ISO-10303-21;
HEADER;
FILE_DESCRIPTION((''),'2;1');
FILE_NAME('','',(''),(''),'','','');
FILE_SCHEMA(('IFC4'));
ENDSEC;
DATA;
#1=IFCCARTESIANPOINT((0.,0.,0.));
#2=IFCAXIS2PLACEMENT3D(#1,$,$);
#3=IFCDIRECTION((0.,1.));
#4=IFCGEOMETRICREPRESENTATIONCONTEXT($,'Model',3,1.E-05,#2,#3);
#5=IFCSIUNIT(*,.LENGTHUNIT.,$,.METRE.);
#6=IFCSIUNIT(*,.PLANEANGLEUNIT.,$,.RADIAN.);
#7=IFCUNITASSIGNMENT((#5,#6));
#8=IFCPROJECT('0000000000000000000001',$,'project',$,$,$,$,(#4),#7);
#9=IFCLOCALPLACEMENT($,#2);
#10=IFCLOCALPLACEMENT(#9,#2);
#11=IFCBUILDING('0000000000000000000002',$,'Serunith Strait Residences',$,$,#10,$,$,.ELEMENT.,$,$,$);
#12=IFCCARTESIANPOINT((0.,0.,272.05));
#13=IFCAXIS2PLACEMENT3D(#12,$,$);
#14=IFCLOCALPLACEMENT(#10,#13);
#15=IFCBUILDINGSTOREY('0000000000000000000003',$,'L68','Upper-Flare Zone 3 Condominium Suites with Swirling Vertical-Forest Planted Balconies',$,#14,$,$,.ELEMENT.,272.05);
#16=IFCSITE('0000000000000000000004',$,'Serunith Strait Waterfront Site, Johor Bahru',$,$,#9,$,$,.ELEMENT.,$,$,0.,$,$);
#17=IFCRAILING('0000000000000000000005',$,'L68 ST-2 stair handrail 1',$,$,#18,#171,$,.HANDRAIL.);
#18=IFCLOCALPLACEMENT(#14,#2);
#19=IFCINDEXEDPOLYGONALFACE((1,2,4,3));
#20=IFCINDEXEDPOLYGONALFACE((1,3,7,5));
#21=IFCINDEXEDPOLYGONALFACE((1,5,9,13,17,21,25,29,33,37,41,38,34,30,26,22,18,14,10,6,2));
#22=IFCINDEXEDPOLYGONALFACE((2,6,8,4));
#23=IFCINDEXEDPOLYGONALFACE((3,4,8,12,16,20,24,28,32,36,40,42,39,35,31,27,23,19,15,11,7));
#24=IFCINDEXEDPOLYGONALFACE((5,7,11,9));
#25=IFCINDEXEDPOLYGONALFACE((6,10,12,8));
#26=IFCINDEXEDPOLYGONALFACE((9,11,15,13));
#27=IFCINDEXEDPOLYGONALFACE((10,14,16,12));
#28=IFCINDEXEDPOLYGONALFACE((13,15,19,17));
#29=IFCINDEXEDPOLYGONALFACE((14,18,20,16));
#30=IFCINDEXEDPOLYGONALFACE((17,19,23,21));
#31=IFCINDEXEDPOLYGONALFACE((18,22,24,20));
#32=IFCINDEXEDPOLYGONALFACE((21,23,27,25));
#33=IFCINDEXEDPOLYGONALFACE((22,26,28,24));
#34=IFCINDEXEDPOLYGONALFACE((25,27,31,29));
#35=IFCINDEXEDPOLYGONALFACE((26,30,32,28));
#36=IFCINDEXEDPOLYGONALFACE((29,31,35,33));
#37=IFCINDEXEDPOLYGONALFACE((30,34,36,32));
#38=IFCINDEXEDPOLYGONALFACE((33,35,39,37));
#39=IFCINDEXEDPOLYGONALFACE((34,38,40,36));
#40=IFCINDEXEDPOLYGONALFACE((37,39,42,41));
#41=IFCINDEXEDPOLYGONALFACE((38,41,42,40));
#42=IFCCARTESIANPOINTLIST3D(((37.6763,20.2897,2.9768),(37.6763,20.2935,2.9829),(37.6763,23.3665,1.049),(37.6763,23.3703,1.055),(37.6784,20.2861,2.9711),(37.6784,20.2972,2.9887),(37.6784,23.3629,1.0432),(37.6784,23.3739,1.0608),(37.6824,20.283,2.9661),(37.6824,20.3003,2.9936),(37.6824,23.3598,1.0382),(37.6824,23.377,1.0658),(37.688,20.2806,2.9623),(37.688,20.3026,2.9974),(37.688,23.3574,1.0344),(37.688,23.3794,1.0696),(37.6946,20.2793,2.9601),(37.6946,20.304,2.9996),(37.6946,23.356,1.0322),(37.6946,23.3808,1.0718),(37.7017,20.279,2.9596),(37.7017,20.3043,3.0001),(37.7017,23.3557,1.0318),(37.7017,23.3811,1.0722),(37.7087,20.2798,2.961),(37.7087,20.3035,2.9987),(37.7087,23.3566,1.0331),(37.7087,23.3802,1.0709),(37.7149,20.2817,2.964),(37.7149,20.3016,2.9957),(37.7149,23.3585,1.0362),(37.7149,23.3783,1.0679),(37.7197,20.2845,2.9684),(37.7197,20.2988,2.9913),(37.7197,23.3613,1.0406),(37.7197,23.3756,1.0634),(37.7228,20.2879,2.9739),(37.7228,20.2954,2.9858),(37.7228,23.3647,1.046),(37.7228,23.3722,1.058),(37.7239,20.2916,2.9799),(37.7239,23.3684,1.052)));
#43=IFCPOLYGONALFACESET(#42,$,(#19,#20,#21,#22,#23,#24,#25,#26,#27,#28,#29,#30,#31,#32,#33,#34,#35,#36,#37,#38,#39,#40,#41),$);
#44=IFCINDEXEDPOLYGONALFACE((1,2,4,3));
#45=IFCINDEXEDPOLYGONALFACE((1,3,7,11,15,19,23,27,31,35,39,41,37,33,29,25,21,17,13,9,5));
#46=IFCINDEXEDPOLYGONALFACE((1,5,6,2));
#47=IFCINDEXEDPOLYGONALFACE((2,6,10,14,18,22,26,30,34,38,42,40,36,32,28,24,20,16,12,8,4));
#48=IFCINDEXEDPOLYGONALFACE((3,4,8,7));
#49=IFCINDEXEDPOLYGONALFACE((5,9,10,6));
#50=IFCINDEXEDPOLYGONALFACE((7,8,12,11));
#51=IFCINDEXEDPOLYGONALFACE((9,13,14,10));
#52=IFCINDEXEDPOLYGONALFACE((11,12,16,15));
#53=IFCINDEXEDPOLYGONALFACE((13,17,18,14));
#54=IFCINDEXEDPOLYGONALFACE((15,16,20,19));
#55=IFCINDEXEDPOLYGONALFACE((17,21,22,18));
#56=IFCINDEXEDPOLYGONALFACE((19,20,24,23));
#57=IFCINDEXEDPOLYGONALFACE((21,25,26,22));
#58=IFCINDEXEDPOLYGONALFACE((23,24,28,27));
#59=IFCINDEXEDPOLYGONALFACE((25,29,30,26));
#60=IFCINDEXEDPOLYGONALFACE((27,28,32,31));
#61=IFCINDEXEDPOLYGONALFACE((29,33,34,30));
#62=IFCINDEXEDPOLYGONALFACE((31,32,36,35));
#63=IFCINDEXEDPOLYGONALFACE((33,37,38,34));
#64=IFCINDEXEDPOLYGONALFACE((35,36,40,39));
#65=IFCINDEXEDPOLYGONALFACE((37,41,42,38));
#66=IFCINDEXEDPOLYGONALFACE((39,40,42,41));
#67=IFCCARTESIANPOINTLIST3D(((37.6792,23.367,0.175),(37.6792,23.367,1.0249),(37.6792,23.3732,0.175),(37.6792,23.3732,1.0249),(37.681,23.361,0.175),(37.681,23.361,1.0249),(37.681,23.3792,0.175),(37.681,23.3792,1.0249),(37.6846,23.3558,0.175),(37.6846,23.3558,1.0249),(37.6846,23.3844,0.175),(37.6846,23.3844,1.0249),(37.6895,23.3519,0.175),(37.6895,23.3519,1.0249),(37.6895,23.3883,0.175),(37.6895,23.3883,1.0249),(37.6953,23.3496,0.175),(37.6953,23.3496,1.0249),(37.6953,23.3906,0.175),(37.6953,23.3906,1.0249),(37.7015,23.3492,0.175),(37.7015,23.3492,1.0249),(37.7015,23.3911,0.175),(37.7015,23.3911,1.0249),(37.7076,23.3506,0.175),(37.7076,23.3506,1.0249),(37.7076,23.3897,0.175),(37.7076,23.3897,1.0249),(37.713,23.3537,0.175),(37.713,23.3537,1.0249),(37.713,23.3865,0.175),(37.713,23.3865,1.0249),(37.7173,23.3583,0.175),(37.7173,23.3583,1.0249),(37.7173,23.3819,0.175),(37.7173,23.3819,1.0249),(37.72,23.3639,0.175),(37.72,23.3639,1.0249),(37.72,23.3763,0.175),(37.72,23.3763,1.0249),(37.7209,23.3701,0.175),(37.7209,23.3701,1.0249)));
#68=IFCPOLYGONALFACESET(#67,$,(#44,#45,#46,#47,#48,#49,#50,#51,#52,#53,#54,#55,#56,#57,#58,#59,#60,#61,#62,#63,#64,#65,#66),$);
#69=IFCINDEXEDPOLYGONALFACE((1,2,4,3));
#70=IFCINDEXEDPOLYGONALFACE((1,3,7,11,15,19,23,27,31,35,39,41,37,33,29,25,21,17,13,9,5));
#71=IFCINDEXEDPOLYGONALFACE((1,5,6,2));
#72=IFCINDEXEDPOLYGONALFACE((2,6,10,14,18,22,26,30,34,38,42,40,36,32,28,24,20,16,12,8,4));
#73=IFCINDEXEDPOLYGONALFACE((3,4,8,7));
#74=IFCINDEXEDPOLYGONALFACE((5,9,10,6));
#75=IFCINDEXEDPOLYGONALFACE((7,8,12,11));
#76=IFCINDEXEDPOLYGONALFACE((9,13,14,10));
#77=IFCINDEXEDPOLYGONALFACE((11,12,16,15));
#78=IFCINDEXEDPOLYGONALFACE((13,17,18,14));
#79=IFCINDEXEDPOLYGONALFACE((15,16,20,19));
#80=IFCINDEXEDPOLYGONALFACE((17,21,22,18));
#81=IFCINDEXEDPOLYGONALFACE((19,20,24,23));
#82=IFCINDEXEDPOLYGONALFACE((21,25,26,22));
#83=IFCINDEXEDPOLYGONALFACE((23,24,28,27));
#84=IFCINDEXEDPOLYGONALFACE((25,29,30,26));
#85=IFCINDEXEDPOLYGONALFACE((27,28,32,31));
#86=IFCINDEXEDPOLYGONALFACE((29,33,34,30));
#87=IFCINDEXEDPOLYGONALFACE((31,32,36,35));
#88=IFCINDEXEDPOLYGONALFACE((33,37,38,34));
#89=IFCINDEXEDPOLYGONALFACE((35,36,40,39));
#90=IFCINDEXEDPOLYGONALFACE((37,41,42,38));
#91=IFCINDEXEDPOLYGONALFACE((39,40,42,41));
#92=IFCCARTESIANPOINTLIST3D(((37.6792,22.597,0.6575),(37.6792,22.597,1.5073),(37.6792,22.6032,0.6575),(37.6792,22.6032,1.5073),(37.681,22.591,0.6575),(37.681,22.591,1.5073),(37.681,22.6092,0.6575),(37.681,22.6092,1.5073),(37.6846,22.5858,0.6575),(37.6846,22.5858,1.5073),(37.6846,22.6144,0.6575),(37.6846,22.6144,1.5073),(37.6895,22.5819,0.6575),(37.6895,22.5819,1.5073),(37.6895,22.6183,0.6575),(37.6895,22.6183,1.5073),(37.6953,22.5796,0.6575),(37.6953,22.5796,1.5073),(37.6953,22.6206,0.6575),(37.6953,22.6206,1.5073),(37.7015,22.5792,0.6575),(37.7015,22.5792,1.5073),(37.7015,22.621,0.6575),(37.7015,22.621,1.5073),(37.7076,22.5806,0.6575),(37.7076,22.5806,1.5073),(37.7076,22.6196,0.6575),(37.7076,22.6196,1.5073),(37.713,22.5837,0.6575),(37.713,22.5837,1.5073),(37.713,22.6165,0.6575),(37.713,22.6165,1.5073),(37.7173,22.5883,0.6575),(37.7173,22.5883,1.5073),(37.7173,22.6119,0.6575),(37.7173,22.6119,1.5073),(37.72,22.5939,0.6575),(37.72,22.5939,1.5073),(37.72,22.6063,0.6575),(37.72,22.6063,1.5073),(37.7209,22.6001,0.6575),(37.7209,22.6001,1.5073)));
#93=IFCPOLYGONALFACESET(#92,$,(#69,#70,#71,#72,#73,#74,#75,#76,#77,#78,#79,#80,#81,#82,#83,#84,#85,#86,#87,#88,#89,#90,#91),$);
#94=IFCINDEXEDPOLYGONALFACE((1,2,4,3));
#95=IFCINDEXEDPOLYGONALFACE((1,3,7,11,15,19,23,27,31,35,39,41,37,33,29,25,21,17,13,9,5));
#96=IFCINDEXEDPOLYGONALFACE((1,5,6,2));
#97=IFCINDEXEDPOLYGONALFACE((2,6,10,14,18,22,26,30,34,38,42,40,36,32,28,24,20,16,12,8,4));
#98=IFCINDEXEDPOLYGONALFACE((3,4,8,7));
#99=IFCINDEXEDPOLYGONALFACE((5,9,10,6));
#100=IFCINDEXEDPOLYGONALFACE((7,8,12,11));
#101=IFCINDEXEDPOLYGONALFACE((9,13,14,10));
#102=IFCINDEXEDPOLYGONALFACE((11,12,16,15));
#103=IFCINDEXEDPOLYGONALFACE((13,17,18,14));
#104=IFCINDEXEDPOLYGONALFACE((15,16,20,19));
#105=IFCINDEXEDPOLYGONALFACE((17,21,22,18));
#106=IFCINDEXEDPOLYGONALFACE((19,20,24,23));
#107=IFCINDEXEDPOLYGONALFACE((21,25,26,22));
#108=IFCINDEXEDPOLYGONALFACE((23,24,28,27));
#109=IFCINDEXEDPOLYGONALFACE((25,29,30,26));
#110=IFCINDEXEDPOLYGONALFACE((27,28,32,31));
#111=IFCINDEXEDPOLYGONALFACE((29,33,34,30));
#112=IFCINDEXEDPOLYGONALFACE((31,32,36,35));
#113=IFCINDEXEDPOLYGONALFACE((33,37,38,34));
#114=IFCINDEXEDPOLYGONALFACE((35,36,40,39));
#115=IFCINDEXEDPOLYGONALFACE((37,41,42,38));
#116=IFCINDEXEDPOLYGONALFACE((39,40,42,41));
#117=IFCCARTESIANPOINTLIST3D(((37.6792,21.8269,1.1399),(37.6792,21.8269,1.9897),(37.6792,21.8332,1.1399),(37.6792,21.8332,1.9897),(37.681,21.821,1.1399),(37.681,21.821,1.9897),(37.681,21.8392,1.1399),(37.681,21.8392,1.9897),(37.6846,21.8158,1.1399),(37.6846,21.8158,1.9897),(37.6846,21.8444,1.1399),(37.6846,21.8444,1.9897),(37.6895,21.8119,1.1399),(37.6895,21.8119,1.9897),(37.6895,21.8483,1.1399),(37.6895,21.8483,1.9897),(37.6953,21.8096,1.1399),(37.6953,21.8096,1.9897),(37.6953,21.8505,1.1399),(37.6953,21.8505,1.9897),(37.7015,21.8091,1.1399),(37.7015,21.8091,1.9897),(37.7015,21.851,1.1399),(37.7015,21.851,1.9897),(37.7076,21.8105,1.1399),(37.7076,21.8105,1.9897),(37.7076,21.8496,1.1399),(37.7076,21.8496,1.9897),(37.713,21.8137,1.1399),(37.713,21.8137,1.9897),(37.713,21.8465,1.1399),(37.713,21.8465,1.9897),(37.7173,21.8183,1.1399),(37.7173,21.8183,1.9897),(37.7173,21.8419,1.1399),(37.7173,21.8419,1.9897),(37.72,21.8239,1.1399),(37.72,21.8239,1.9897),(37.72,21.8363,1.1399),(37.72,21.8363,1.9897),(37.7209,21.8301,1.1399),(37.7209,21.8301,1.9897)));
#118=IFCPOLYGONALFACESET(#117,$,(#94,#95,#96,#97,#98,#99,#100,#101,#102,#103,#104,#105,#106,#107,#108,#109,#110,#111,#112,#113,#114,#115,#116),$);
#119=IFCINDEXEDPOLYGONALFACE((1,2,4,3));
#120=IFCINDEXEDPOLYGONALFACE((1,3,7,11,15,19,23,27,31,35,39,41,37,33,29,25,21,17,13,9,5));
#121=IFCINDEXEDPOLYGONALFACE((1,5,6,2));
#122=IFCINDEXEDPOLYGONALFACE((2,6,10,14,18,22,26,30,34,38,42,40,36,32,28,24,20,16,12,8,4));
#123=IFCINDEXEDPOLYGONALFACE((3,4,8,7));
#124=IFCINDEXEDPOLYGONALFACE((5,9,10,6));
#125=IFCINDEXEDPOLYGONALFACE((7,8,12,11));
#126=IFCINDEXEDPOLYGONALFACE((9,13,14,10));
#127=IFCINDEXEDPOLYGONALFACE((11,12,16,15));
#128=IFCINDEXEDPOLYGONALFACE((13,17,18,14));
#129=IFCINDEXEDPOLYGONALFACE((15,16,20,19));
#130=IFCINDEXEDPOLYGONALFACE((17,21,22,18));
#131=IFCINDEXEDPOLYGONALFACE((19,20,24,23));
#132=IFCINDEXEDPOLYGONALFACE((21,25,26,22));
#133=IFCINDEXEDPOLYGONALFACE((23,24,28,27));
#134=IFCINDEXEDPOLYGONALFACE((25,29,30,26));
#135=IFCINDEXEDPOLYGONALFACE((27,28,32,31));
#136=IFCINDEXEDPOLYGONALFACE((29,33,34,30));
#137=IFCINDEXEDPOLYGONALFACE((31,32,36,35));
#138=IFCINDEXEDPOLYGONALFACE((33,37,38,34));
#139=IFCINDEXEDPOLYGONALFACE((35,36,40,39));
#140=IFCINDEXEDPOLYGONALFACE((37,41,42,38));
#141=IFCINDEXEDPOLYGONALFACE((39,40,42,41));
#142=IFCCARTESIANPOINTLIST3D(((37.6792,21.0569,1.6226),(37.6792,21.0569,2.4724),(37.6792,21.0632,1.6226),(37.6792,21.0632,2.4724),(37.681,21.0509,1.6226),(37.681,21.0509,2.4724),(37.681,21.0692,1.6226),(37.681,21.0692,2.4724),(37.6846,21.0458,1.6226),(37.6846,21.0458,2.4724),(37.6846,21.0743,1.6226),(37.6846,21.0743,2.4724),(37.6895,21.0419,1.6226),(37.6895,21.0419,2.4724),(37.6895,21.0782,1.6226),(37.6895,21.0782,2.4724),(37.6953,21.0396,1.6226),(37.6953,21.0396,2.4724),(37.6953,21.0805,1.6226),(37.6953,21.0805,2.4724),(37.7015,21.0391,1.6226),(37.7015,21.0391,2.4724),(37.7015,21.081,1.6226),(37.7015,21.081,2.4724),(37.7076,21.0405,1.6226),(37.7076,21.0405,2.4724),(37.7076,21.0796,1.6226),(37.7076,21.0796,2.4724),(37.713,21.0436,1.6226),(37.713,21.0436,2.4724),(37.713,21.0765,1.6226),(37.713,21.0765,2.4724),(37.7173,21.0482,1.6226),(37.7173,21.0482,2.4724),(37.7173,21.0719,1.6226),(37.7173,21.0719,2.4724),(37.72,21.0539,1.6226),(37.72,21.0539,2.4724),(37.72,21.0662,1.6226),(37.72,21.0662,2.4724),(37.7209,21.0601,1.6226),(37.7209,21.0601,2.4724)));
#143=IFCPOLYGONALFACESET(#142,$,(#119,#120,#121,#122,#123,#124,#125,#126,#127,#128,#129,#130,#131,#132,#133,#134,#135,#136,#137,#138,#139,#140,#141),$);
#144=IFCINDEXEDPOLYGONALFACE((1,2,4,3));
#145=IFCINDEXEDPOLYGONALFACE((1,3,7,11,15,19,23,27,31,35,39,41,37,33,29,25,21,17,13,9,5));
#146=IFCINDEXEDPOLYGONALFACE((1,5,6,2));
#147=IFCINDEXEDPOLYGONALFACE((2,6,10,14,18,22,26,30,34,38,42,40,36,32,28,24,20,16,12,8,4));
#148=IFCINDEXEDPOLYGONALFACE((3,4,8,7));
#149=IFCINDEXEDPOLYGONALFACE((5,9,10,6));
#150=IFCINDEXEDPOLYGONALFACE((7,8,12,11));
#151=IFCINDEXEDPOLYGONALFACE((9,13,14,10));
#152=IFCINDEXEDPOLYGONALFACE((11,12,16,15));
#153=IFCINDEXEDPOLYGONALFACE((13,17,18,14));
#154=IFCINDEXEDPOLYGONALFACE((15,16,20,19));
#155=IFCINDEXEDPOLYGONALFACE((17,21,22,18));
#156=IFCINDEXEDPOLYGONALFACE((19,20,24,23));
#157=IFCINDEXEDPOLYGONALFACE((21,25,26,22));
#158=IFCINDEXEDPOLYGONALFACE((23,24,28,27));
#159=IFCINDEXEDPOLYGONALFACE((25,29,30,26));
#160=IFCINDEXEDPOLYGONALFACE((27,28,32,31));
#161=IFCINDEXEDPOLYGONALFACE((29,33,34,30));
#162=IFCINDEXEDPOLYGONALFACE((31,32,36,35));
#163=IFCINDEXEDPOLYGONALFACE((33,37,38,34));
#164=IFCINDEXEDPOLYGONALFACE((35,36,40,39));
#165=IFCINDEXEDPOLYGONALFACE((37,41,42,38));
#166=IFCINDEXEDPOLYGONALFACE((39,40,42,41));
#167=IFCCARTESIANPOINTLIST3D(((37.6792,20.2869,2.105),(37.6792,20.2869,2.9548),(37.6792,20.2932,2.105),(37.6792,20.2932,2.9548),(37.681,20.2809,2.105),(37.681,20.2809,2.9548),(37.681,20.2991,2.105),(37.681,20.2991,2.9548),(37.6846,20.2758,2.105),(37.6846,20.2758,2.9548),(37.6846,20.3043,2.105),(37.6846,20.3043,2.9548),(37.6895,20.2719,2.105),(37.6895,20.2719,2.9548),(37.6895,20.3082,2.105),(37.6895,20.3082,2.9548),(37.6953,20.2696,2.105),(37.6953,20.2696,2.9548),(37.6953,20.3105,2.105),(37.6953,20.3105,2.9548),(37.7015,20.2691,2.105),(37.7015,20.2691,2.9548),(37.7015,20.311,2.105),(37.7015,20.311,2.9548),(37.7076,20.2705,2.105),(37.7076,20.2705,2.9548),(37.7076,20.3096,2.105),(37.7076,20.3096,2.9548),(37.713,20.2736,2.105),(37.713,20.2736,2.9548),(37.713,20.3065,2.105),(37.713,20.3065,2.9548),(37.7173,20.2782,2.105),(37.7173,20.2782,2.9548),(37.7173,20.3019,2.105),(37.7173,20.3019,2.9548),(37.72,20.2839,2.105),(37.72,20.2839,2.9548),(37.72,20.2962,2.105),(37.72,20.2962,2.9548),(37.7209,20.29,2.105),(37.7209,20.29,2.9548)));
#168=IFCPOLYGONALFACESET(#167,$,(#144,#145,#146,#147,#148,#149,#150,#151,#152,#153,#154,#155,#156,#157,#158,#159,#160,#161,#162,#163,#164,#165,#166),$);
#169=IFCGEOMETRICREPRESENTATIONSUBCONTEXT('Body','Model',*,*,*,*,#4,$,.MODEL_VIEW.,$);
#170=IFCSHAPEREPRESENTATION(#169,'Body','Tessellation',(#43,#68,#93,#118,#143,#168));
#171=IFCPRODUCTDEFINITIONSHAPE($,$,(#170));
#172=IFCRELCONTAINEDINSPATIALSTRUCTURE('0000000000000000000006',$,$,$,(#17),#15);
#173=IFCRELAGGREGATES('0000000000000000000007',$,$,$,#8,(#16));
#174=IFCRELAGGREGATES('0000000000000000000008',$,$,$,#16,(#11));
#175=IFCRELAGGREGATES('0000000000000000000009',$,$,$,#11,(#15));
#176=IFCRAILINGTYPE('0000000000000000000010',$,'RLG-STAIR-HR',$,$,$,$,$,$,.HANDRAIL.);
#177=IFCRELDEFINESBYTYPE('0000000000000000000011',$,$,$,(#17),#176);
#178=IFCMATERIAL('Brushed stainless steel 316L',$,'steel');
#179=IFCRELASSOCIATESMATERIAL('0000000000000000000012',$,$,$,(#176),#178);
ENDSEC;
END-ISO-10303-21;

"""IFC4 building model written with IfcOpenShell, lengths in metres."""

from ifc_helpers import new_model, si_unit, direction, frame, origin, origin_2d, place, context, subcontext, project, spatial, circle, extrude, material, type_object, element, save


model = new_model("IFC4")

# Units and contexts
model_context = context("Model", 3, precision=1e-05, world=origin(), true_north=direction((0.0, 1.0)))
body_context = subcontext(model_context, "Body", "Model", "MODEL_VIEW")
ifc_project = project(units=[si_unit("LENGTHUNIT", "METRE"), si_unit("PLANEANGLEUNIT", "RADIAN")], contexts=[model_context])

# Site, building, storey
site_placement = place(None, origin())
site = spatial("IfcSite", under=ifc_project, at=site_placement, Name="Serunith Strait Waterfront Site, Johor Bahru", CompositionType="ELEMENT", RefElevation=0.0)
building_placement = place(site_placement, origin())
building = spatial("IfcBuilding", under=site, at=building_placement, Name="Serunith Strait Residences", CompositionType="ELEMENT")
storey_placement = place(building_placement, frame((0.0, 0.0, 272.05)))
storey = spatial("IfcBuildingStorey", under=building, at=storey_placement, Name="L68", Description="Upper-Flare Zone 3 Condominium Suites with Swirling Vertical-Forest Planted Balconies", CompositionType="ELEMENT", Elevation=272.05)

# Railing
ifc_material_1 = material(Name="Brushed stainless steel 316L", Category="steel")
railing_type_1 = type_object("IfcRailingType", Name="RLG-STAIR-HR", PredefinedType="HANDRAIL", material=ifc_material_1)
railing_1_placement = place(storey_placement, frame((37.7, 23.3701, 0.175)))
element("IfcRailing", 1, at=railing_1_placement, inside=storey, type_object=railing_type_1, Name="L68 ST-2 stair handrail 1", PredefinedType="HANDRAIL", context=body_context, shape_type="SweptSolid", body=[
    extrude(circle(Radius=0.0239, at=origin_2d()), frame((0.0, -0.0017, 0.877), z_axis=(0.0, -0.847394, 0.530965), x_axis=(1.0, 0.0, 0.0)), (0.0, 0.0, 1.0), 3.6309),
    extrude(circle(Radius=0.021, at=origin_2d()), origin(), (0.0, 0.0, 1.0), 0.8499),
    extrude(circle(Radius=0.021, at=origin_2d()), frame((0.0, -0.77, 0.4824)), (0.0, 0.0, 1.0), 0.8499),
    extrude(circle(Radius=0.021, at=origin_2d()), frame((0.0, -1.54, 0.9648)), (0.0, 0.0, 1.0), 0.8499),
    extrude(circle(Radius=0.021, at=origin_2d()), frame((0.0, -2.3101, 1.4475)), (0.0, 0.0, 1.0), 0.8499),
    extrude(circle(Radius=0.021, at=origin_2d()), frame((0.0, -3.0801, 1.9299)), (0.0, 0.0, 1.0), 0.8499),
])

save(model, "model.ifc")
